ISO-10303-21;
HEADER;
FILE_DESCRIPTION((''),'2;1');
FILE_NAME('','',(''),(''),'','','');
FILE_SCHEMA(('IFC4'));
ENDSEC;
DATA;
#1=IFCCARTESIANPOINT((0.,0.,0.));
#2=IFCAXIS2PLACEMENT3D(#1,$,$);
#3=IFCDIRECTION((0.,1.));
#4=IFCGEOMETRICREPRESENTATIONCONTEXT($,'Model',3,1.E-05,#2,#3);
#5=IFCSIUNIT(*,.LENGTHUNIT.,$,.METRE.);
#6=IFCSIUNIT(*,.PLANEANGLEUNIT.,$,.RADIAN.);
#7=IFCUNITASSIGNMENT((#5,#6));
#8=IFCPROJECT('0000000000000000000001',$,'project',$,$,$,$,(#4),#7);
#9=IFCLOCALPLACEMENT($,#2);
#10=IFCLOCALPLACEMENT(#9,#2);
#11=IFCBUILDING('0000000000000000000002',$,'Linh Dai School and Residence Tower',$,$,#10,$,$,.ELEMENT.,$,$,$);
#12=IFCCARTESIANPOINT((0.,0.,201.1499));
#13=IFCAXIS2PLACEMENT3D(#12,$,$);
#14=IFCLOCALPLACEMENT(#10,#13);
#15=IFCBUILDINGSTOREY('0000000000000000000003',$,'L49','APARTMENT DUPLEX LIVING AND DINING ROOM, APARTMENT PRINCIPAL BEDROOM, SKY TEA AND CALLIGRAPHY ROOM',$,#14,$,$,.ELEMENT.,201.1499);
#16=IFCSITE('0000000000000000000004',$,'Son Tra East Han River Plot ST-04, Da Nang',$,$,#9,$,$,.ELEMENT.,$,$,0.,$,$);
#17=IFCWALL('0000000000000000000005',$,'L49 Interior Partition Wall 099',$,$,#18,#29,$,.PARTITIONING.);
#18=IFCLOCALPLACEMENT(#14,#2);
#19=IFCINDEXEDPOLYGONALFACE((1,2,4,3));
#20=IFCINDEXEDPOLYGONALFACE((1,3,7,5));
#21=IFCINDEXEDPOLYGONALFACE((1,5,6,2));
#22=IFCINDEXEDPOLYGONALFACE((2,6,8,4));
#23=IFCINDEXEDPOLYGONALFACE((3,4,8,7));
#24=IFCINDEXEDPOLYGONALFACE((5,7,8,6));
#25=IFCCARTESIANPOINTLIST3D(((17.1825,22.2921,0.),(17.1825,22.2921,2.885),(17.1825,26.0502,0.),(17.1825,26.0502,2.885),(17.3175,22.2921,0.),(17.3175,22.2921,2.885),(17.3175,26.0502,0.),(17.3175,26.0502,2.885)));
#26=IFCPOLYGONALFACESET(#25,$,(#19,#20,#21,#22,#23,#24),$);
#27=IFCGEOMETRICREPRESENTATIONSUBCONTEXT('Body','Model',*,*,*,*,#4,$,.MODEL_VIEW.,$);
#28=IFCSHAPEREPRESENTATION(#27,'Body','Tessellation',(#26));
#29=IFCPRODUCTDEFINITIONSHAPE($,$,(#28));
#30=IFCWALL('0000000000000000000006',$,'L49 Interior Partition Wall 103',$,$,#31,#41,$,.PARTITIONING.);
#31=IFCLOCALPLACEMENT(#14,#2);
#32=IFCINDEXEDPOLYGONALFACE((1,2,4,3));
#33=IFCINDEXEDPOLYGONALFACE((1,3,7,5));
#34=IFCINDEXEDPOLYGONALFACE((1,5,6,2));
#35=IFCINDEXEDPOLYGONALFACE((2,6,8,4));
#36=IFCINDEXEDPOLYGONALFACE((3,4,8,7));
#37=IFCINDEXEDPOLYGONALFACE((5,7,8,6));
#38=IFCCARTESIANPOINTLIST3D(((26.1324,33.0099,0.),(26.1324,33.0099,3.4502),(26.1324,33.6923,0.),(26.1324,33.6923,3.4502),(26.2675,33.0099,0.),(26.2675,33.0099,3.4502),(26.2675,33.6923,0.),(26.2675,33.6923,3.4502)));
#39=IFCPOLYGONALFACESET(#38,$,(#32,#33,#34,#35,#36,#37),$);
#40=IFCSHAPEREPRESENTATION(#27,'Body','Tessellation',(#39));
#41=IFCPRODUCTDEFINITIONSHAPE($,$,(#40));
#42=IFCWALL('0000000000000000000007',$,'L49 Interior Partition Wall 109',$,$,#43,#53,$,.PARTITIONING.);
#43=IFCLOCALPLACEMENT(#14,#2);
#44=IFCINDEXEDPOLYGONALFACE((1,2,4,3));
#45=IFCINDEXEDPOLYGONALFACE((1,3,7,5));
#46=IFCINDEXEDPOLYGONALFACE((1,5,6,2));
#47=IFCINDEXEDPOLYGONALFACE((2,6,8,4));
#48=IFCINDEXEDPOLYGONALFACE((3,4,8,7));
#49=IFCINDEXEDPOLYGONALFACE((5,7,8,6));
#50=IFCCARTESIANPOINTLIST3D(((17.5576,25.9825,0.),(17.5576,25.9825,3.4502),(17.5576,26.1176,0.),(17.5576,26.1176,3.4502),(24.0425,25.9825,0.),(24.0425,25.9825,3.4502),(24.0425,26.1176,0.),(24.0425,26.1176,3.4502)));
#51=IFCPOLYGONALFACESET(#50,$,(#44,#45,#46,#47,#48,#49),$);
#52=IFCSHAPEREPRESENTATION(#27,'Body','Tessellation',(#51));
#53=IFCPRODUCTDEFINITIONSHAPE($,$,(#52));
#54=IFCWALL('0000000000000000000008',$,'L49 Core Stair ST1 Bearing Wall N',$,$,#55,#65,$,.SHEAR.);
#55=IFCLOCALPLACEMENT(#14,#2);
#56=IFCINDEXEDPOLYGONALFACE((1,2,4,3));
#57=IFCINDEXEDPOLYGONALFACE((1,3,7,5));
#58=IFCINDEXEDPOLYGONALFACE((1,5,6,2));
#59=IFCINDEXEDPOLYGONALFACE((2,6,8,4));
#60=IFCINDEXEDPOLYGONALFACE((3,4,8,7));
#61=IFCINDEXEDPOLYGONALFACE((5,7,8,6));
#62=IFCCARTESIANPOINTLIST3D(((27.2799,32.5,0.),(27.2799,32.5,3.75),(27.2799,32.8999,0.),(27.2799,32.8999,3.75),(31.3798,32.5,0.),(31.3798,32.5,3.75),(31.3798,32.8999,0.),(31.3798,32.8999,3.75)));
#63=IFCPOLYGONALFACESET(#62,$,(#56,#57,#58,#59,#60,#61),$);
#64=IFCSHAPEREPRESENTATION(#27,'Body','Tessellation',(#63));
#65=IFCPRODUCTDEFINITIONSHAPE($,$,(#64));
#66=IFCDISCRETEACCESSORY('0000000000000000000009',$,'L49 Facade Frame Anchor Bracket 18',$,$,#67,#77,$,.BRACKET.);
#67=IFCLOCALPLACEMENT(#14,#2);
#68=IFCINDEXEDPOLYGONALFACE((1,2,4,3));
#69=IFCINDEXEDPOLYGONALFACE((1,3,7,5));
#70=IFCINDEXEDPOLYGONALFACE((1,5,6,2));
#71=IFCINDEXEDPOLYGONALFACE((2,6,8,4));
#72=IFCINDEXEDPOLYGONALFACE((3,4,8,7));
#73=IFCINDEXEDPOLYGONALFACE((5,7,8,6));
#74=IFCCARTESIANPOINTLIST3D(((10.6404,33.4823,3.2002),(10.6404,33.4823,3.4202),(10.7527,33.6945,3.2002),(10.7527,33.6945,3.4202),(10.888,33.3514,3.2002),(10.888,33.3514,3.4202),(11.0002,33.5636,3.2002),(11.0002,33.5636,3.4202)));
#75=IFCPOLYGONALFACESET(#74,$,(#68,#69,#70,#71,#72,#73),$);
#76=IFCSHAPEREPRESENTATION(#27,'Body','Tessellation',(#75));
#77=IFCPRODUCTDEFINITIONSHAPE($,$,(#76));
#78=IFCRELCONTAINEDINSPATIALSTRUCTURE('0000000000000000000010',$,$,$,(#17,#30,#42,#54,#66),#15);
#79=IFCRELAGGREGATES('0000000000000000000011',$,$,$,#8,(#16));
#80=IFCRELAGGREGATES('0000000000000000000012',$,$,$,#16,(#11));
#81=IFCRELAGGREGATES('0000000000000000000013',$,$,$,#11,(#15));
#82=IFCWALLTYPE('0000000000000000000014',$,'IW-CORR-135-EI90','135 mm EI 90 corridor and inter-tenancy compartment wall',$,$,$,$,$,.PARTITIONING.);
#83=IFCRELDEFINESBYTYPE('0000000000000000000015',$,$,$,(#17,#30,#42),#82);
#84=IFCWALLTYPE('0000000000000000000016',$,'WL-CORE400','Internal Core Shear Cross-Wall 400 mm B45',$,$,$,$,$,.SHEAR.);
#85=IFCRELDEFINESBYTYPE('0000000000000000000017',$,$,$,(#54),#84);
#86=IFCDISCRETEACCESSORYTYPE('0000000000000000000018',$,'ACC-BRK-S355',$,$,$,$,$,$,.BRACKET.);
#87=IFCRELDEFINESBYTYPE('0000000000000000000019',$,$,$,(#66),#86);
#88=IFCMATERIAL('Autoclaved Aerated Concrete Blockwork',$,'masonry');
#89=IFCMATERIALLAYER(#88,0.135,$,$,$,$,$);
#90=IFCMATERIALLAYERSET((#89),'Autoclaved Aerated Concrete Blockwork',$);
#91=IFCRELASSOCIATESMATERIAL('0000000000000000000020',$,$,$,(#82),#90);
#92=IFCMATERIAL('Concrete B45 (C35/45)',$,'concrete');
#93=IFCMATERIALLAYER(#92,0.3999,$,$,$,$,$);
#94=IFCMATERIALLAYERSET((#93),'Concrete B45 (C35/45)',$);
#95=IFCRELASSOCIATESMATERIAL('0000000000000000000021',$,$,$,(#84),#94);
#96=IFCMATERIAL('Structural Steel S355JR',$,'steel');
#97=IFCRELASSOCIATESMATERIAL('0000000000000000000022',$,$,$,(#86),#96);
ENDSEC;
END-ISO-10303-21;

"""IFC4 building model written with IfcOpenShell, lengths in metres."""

from ifc_helpers import new_model, si_unit, direction, frame, frame_2d, origin, origin_2d, place, context, subcontext, project, spatial, rectangle, extrude, source, transform, mapped, material, layer, layer_set, type_object, element, save


model = new_model("IFC4")

# Units and contexts
model_context = context("Model", 3, precision=1e-05, world=origin(), true_north=direction((0.0, 1.0)))
body_context = subcontext(model_context, "Body", "Model", "MODEL_VIEW")
ifc_project = project(units=[si_unit("LENGTHUNIT", "METRE"), si_unit("PLANEANGLEUNIT", "RADIAN")], contexts=[model_context])

# Site, building, storey
site_placement = place(None, origin())
site = spatial("IfcSite", under=ifc_project, at=site_placement, Name="Son Tra East Han River Plot ST-04, Da Nang", CompositionType="ELEMENT", RefElevation=0.0)
building_placement = place(site_placement, origin())
building = spatial("IfcBuilding", under=site, at=building_placement, Name="Linh Dai School and Residence Tower", CompositionType="ELEMENT")
storey_placement = place(building_placement, frame((0.0, 0.0, 201.1499)))
storey = spatial("IfcBuildingStorey", under=building, at=storey_placement, Name="L49", Description="APARTMENT DUPLEX LIVING AND DINING ROOM, APARTMENT PRINCIPAL BEDROOM, SKY TEA AND CALLIGRAPHY ROOM", CompositionType="ELEMENT", Elevation=201.1499)

# Shared definitions
ifc_material_1 = material(Name="Structural Steel S355JR", Category="steel")

# Shared definitions
ifc_material_2 = material(Name="Autoclaved Aerated Concrete Blockwork", Category="masonry")
ifc_layer_1 = layer(ifc_material_2, 0.135)
ifc_layer_set_1 = layer_set([ifc_layer_1], Name="Autoclaved Aerated Concrete Blockwork")
wall_type_1 = type_object("IfcWallType", Name="IW-CORR-135-EI90", Description="135 mm EI 90 corridor and inter-tenancy compartment wall", PredefinedType="PARTITIONING", material=ifc_layer_set_1)

# Walls
wall_1_placement = place(storey_placement, frame((17.25, 26.05, 0.0), z_axis=(0.0, 0.0, 1.0), x_axis=(0.0, -1.0, 0.0)))
element("IfcWall", 1, at=wall_1_placement, inside=storey, type_object=wall_type_1, Name="L49 Interior Partition Wall 099", PredefinedType="PARTITIONING", context=body_context, shape_type="SweptSolid", body=[
    extrude(rectangle(XDim=3.7581, YDim=0.135, at=frame_2d((1.8789, 0.0))), origin(), (0.0, 0.0, 1.0), 2.885),
])
wall_2_placement = place(storey_placement, frame((26.2, 33.6924, 0.0), z_axis=(0.0, 0.0, 1.0), x_axis=(0.0, -1.0, 0.0)))
element("IfcWall", 2, at=wall_2_placement, inside=storey, type_object=wall_type_1, Name="L49 Interior Partition Wall 103", PredefinedType="PARTITIONING", context=body_context, shape_type="SweptSolid", body=[
    extrude(rectangle(XDim=0.6824, YDim=0.135, at=frame_2d((0.3413, 0.0))), origin(), (0.0, 0.0, 1.0), 3.4502),
])
wall_3_placement = place(storey_placement, frame((24.0425, 26.05, 0.0), z_axis=(0.0, 0.0, 1.0), x_axis=(-1.0, 0.0, 0.0)))
element("IfcWall", 3, at=wall_3_placement, inside=storey, type_object=wall_type_1, Name="L49 Interior Partition Wall 109", PredefinedType="PARTITIONING", context=body_context, shape_type="SweptSolid", body=[
    extrude(rectangle(XDim=6.4849, YDim=0.135, at=frame_2d((3.2424, 0.0))), origin(), (0.0, 0.0, 1.0), 3.4502),
])
ifc_material_3 = material(Name="Concrete B45 (C35/45)", Category="concrete")
ifc_layer_2 = layer(ifc_material_3, 0.3999)
ifc_layer_set_2 = layer_set([ifc_layer_2], Name="Concrete B45 (C35/45)")
wall_type_2 = type_object("IfcWallType", Name="WL-CORE400", Description="Internal Core Shear Cross-Wall 400 mm B45", PredefinedType="SHEAR", material=ifc_layer_set_2)
wall_4_placement = place(storey_placement, frame((27.28, 32.7, 0.0), z_axis=(0.0, 0.0, 1.0), x_axis=(1.0, 0.0, 0.0)))
element("IfcWall", 4, at=wall_4_placement, inside=storey, type_object=wall_type_2, Name="L49 Core Stair ST1 Bearing Wall N", PredefinedType="SHEAR", context=body_context, shape_type="SweptSolid", body=[
    extrude(rectangle(XDim=4.0999, YDim=0.3999, at=frame_2d((2.0498, 0.0))), origin(), (0.0, 0.0, 1.0), 3.75),
])

# Discrete accessory
discrete_accessory_type = type_object("IfcDiscreteAccessoryType", Name="ACC-BRK-S355", PredefinedType="BRACKET", material=ifc_material_1)
shared_shape_1 = source(origin(), body_context, "Body", "SweptSolid", [
    extrude(rectangle(XDim=0.28, YDim=0.24, at=origin_2d()), origin(), (0.0, 0.0, 1.0), 0.22),
])
discrete_accessory_placement = place(storey_placement, frame((10.8203, 33.5229, 3.2002), z_axis=(0.0, 0.0, 1.0), x_axis=(-0.883951, 0.46758, 0.0)))
element("IfcDiscreteAccessory", 5, at=discrete_accessory_placement, inside=storey, type_object=discrete_accessory_type, Name="L49 Facade Frame Anchor Bracket 18", PredefinedType="BRACKET", context=body_context, shape_type="MappedRepresentation", body=[
    mapped(shared_shape_1, transform((0.0, 0.0, 0.0), x_axis=(1.0, 0.0, 0.0), y_axis=(0.0, 1.0, 0.0), z_axis=(0.0, 0.0, 1.0), scale=1.0)),
])

save(model, "model.ifc")
